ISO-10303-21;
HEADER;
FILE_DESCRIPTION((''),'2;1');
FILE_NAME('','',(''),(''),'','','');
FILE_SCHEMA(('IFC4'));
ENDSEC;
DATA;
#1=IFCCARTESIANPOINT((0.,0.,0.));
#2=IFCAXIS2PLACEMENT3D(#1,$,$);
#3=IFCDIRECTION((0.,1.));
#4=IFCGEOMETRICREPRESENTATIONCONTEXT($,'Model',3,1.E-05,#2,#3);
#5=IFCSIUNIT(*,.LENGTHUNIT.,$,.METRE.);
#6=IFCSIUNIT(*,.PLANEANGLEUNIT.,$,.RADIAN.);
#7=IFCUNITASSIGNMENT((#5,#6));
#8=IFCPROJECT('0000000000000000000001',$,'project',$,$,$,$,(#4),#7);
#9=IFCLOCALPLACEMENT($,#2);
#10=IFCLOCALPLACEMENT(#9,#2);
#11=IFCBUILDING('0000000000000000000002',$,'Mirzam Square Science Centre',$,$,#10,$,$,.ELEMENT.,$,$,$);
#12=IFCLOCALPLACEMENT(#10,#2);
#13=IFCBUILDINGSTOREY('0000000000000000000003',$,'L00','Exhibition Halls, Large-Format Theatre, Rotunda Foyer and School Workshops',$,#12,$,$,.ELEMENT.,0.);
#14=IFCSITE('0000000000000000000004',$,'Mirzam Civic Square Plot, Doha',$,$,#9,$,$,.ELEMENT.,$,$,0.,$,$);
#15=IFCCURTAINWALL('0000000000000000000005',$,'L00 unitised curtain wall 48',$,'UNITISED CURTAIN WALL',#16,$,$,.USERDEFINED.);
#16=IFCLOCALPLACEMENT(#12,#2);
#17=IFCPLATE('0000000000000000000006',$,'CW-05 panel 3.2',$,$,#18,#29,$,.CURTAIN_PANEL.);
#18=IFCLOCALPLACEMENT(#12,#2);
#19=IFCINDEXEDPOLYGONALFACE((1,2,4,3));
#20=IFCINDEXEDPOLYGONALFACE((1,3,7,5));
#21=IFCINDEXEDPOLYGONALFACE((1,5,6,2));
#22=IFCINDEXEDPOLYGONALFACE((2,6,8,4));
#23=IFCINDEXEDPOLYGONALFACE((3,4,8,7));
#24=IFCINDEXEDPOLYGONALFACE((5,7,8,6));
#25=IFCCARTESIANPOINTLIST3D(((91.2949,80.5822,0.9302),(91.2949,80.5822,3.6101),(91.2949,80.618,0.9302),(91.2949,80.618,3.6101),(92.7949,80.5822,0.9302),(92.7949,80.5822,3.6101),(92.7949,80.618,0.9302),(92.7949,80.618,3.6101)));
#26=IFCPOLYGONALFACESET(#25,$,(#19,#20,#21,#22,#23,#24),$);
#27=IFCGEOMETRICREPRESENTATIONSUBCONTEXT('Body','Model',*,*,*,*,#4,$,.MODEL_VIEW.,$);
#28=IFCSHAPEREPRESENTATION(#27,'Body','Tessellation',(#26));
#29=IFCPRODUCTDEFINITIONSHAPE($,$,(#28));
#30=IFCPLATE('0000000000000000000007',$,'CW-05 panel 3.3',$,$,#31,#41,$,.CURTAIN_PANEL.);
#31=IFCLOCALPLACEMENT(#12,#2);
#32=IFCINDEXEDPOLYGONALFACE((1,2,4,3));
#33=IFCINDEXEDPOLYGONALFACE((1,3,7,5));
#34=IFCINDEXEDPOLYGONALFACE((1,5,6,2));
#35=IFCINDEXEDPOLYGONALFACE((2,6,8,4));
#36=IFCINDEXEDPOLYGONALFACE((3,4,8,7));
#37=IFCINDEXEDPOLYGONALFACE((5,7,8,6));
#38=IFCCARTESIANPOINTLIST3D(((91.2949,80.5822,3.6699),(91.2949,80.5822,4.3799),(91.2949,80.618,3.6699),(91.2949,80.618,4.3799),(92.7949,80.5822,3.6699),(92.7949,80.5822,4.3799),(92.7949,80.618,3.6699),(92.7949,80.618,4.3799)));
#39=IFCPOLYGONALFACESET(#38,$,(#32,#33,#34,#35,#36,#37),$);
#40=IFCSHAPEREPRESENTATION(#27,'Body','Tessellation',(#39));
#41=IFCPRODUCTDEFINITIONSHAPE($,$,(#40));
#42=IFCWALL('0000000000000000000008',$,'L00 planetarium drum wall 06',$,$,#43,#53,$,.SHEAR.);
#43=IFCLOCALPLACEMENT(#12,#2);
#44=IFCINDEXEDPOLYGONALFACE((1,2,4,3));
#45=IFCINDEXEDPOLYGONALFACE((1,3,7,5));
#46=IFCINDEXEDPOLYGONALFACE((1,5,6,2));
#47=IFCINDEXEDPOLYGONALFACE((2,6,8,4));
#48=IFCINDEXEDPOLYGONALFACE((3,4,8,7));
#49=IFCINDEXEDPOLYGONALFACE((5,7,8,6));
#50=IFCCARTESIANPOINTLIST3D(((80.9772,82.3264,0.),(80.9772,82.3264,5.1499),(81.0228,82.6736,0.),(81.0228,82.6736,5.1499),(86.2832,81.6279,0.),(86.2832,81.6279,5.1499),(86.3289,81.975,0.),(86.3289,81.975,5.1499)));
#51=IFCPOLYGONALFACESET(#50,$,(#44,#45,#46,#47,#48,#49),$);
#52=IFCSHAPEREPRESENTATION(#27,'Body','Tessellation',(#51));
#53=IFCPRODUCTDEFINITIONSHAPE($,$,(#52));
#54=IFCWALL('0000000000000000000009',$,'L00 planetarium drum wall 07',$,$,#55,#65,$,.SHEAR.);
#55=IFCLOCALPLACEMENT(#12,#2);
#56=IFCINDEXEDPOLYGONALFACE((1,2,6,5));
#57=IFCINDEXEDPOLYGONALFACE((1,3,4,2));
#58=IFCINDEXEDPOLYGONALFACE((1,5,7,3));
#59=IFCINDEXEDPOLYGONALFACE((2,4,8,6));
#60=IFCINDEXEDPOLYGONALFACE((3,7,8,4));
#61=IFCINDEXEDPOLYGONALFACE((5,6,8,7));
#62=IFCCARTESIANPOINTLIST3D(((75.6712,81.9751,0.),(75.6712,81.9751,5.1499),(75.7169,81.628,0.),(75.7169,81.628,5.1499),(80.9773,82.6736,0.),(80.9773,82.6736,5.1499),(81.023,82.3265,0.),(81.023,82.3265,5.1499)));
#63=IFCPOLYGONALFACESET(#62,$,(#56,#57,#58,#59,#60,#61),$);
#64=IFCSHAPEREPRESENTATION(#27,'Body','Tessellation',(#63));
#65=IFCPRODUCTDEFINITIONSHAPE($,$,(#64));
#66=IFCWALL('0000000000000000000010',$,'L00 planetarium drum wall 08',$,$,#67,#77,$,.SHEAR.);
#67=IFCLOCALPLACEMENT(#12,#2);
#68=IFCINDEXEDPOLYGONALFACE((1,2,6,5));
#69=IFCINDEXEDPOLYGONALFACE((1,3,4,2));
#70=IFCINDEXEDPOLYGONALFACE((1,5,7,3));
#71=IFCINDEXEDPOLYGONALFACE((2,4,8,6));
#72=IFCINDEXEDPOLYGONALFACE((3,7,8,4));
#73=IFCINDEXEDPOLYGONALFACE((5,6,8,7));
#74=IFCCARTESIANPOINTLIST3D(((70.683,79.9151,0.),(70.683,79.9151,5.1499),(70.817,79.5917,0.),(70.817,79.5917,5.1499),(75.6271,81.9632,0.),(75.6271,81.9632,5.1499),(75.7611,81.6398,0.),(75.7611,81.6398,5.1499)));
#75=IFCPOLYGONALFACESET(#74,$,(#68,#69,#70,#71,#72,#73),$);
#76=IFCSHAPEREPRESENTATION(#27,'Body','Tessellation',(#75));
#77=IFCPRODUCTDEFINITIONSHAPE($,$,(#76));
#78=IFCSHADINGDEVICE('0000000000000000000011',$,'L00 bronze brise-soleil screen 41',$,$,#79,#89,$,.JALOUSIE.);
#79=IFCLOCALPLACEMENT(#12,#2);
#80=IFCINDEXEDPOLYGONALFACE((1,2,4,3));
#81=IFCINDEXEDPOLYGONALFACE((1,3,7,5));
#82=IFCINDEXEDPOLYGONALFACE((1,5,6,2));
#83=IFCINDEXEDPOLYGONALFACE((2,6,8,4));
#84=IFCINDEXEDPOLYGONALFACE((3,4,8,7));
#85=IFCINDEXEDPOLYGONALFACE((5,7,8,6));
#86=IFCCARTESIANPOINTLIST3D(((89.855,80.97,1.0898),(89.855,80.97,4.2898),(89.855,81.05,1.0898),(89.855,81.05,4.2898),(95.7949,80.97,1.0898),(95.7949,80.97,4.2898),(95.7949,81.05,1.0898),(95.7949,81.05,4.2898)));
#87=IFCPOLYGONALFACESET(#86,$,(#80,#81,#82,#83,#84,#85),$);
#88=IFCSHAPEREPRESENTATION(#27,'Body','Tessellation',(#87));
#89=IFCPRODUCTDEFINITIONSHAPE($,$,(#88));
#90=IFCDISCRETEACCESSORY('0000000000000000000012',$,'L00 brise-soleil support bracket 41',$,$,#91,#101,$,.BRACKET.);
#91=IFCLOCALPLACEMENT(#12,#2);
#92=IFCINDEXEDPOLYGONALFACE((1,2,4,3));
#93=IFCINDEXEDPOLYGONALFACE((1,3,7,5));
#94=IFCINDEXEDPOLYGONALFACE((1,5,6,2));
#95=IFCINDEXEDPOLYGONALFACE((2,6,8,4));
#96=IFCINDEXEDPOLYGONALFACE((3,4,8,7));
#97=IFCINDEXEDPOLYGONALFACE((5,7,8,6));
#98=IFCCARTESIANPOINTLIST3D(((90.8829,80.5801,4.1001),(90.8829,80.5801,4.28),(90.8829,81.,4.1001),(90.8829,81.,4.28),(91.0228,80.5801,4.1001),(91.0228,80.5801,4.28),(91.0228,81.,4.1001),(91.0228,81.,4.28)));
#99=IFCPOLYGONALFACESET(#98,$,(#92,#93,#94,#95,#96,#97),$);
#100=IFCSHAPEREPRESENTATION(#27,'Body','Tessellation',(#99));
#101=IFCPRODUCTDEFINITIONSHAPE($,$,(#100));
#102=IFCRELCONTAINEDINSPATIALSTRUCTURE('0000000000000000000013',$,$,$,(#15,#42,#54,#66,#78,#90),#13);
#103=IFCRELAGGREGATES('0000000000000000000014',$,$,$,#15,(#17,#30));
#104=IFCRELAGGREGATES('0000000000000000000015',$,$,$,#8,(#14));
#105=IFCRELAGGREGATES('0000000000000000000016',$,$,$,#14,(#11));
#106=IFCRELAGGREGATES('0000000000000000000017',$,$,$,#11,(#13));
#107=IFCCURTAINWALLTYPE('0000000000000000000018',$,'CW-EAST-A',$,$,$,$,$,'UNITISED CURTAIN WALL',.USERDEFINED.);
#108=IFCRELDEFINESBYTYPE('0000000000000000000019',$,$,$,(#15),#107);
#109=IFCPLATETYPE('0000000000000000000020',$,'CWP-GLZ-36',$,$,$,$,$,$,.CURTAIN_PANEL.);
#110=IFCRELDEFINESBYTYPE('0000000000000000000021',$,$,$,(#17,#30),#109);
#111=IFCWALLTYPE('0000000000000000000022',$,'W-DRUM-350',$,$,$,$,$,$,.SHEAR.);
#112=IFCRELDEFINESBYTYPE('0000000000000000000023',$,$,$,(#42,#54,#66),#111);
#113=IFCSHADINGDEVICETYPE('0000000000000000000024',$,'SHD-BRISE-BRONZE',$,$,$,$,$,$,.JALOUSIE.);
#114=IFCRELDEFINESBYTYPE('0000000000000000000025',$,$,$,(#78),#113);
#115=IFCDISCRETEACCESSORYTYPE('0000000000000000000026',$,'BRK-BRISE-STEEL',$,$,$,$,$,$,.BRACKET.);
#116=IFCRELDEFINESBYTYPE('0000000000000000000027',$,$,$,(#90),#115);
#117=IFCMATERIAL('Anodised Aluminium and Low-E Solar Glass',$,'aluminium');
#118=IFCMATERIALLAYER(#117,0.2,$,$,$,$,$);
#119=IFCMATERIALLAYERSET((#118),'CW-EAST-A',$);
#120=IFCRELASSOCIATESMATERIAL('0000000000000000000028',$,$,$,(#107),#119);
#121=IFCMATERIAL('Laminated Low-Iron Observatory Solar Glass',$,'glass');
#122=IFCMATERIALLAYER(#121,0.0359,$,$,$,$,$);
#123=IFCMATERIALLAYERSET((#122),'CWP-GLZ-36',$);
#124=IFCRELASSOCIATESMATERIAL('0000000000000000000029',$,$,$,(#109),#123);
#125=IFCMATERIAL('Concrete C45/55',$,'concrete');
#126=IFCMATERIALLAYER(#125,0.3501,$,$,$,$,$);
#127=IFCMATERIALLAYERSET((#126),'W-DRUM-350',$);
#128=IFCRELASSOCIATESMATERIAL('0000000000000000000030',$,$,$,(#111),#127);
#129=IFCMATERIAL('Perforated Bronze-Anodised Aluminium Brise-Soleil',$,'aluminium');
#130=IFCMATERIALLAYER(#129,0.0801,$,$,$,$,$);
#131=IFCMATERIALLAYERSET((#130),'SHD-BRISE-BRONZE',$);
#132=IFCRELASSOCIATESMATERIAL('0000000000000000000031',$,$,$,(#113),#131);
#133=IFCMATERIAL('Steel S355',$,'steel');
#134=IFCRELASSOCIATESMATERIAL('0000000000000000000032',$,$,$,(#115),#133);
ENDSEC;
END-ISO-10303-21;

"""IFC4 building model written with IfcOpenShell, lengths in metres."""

from ifc_helpers import new_model, si_unit, direction, frame, frame_2d, origin, origin_2d, place, context, subcontext, project, spatial, rectangle, extrude, material, layer, layer_set, type_object, element, aggregate, save


model = new_model("IFC4")

# Units and contexts
model_context = context("Model", 3, precision=1e-05, world=origin(), true_north=direction((0.0, 1.0)))
body_context = subcontext(model_context, "Body", "Model", "MODEL_VIEW")
ifc_project = project(units=[si_unit("LENGTHUNIT", "METRE"), si_unit("PLANEANGLEUNIT", "RADIAN")], contexts=[model_context])

# Site, building, storey
site_placement = place(None, origin())
site = spatial("IfcSite", under=ifc_project, at=site_placement, Name="Mirzam Civic Square Plot, Doha", CompositionType="ELEMENT", RefElevation=0.0)
building_placement = place(site_placement, origin())
building = spatial("IfcBuilding", under=site, at=building_placement, Name="Mirzam Square Science Centre", CompositionType="ELEMENT")
storey_placement = place(building_placement, origin())
storey = spatial("IfcBuildingStorey", under=building, at=storey_placement, Name="L00", Description="Exhibition Halls, Large-Format Theatre, Rotunda Foyer and School Workshops", CompositionType="ELEMENT", Elevation=0.0)

# Shared definitions
ifc_material_1 = material(Name="Concrete C45/55", Category="concrete")

# Curtain wall, plates
ifc_material_2 = material(Name="Anodised Aluminium and Low-E Solar Glass", Category="aluminium")
ifc_layer_1 = layer(ifc_material_2, 0.2)
ifc_layer_set_1 = layer_set([ifc_layer_1], Name="CW-EAST-A")
curtain_wall_type = type_object("IfcCurtainWallType", Name="CW-EAST-A", ElementType="UNITISED CURTAIN WALL", PredefinedType="USERDEFINED", material=ifc_layer_set_1)
curtain_wall_placement = place(storey_placement, origin())
curtain_wall = element("IfcCurtainWall", 1, at=curtain_wall_placement, inside=storey, type_object=curtain_wall_type, Name="L00 unitised curtain wall 48", ObjectType="UNITISED CURTAIN WALL", PredefinedType="USERDEFINED")
ifc_material_3 = material(Name="Laminated Low-Iron Observatory Solar Glass", Category="glass")
ifc_layer_2 = layer(ifc_material_3, 0.0359)
ifc_layer_set_2 = layer_set([ifc_layer_2], Name="CWP-GLZ-36")
plate_type = type_object("IfcPlateType", Name="CWP-GLZ-36", PredefinedType="CURTAIN_PANEL", material=ifc_layer_set_2)
plate_1_placement = place(storey_placement, frame((92.0449, 80.6001, 0.9302), z_axis=(0.0, 0.0, 1.0), x_axis=(-1.0, 0.0, 0.0)))
plate_1 = element("IfcPlate", 2, at=plate_1_placement, type_object=plate_type, Name="CW-05 panel 3.2", PredefinedType="CURTAIN_PANEL", context=body_context, shape_type="SweptSolid", body=[
    extrude(rectangle(XDim=1.5, YDim=0.0359, at=origin_2d()), origin(), (0.0, 0.0, 1.0), 2.6799),
])
plate_2_placement = place(storey_placement, frame((92.0449, 80.6001, 3.6699), z_axis=(0.0, 0.0, 1.0), x_axis=(-1.0, 0.0, 0.0)))
plate_2 = element("IfcPlate", 3, at=plate_2_placement, type_object=plate_type, Name="CW-05 panel 3.3", PredefinedType="CURTAIN_PANEL", context=body_context, shape_type="SweptSolid", body=[
    extrude(rectangle(XDim=1.5, YDim=0.0359, at=origin_2d()), origin(), (0.0, 0.0, 1.0), 0.71),
])
aggregate(curtain_wall, [plate_1, plate_2])

# Walls
ifc_layer_3 = layer(ifc_material_1, 0.3501)
ifc_layer_set_3 = layer_set([ifc_layer_3], Name="W-DRUM-350")
wall_type = type_object("IfcWallType", Name="W-DRUM-350", PredefinedType="SHEAR", material=ifc_layer_set_3)
for number, where, z_axis, x_axis, name in (
    (4, (86.3059, 81.8015, 0.0), (0.0, 0.0, 1.0), (-0.991446, 0.130517, 0.0), "L00 planetarium drum wall 06"),
    (5, (81.0, 82.5, 0.0), (0.0, 0.0, 1.0), (-0.991446, -0.130517, 0.0), "L00 planetarium drum wall 07"),
):
    element("IfcWall", number, at=place(storey_placement, frame(where, z_axis=z_axis, x_axis=x_axis)), inside=storey, type_object=wall_type, Name=name, PredefinedType="SHEAR", context=body_context, shape_type="SweptSolid", body=[
        extrude(rectangle(XDim=5.3518, YDim=0.3501, at=frame_2d((2.6758, 0.0))), origin(), (0.0, 0.0, 1.0), 5.1499),
    ])
wall_placement = place(storey_placement, frame((75.6941, 81.8015, 0.0), z_axis=(0.0, 0.0, 1.0), x_axis=(-0.923867, -0.382713, 0.0)))
element("IfcWall", 6, at=wall_placement, inside=storey, type_object=wall_type, Name="L00 planetarium drum wall 08", PredefinedType="SHEAR", context=body_context, shape_type="SweptSolid", body=[
    extrude(rectangle(XDim=5.3516, YDim=0.3501, at=frame_2d((2.6758, 0.0))), origin(), (0.0, 0.0, 1.0), 5.1499),
])

# Shading device
ifc_material_4 = material(Name="Perforated Bronze-Anodised Aluminium Brise-Soleil", Category="aluminium")
ifc_layer_4 = layer(ifc_material_4, 0.0801)
ifc_layer_set_4 = layer_set([ifc_layer_4], Name="SHD-BRISE-BRONZE")
shading_device_type = type_object("IfcShadingDeviceType", Name="SHD-BRISE-BRONZE", PredefinedType="JALOUSIE", material=ifc_layer_set_4)
shading_device_placement = place(storey_placement, frame((92.825, 81.01, 1.0898), z_axis=(0.0, 0.0, 1.0), x_axis=(-1.0, 0.0, 0.0)))
element("IfcShadingDevice", 7, at=shading_device_placement, inside=storey, type_object=shading_device_type, Name="L00 bronze brise-soleil screen 41", PredefinedType="JALOUSIE", context=body_context, shape_type="SweptSolid", body=[
    extrude(rectangle(XDim=5.9399, YDim=0.0801, at=origin_2d()), origin(), (0.0, 0.0, 1.0), 3.2),
])

# Discrete accessory
ifc_material_5 = material(Name="Steel S355", Category="steel")
discrete_accessory_type = type_object("IfcDiscreteAccessoryType", Name="BRK-BRISE-STEEL", PredefinedType="BRACKET", material=ifc_material_5)
discrete_accessory_placement = place(storey_placement, frame((90.9529, 80.79, 4.1001), z_axis=(0.0, 0.0, 1.0), x_axis=(-1.0, 0.0, 0.0)))
element("IfcDiscreteAccessory", 8, at=discrete_accessory_placement, inside=storey, type_object=discrete_accessory_type, Name="L00 brise-soleil support bracket 41", PredefinedType="BRACKET", context=body_context, shape_type="SweptSolid", body=[
    extrude(rectangle(XDim=0.1399, YDim=0.4199, at=origin_2d()), origin(), (0.0, 0.0, 1.0), 0.1799),
])

save(model, "model.ifc")
